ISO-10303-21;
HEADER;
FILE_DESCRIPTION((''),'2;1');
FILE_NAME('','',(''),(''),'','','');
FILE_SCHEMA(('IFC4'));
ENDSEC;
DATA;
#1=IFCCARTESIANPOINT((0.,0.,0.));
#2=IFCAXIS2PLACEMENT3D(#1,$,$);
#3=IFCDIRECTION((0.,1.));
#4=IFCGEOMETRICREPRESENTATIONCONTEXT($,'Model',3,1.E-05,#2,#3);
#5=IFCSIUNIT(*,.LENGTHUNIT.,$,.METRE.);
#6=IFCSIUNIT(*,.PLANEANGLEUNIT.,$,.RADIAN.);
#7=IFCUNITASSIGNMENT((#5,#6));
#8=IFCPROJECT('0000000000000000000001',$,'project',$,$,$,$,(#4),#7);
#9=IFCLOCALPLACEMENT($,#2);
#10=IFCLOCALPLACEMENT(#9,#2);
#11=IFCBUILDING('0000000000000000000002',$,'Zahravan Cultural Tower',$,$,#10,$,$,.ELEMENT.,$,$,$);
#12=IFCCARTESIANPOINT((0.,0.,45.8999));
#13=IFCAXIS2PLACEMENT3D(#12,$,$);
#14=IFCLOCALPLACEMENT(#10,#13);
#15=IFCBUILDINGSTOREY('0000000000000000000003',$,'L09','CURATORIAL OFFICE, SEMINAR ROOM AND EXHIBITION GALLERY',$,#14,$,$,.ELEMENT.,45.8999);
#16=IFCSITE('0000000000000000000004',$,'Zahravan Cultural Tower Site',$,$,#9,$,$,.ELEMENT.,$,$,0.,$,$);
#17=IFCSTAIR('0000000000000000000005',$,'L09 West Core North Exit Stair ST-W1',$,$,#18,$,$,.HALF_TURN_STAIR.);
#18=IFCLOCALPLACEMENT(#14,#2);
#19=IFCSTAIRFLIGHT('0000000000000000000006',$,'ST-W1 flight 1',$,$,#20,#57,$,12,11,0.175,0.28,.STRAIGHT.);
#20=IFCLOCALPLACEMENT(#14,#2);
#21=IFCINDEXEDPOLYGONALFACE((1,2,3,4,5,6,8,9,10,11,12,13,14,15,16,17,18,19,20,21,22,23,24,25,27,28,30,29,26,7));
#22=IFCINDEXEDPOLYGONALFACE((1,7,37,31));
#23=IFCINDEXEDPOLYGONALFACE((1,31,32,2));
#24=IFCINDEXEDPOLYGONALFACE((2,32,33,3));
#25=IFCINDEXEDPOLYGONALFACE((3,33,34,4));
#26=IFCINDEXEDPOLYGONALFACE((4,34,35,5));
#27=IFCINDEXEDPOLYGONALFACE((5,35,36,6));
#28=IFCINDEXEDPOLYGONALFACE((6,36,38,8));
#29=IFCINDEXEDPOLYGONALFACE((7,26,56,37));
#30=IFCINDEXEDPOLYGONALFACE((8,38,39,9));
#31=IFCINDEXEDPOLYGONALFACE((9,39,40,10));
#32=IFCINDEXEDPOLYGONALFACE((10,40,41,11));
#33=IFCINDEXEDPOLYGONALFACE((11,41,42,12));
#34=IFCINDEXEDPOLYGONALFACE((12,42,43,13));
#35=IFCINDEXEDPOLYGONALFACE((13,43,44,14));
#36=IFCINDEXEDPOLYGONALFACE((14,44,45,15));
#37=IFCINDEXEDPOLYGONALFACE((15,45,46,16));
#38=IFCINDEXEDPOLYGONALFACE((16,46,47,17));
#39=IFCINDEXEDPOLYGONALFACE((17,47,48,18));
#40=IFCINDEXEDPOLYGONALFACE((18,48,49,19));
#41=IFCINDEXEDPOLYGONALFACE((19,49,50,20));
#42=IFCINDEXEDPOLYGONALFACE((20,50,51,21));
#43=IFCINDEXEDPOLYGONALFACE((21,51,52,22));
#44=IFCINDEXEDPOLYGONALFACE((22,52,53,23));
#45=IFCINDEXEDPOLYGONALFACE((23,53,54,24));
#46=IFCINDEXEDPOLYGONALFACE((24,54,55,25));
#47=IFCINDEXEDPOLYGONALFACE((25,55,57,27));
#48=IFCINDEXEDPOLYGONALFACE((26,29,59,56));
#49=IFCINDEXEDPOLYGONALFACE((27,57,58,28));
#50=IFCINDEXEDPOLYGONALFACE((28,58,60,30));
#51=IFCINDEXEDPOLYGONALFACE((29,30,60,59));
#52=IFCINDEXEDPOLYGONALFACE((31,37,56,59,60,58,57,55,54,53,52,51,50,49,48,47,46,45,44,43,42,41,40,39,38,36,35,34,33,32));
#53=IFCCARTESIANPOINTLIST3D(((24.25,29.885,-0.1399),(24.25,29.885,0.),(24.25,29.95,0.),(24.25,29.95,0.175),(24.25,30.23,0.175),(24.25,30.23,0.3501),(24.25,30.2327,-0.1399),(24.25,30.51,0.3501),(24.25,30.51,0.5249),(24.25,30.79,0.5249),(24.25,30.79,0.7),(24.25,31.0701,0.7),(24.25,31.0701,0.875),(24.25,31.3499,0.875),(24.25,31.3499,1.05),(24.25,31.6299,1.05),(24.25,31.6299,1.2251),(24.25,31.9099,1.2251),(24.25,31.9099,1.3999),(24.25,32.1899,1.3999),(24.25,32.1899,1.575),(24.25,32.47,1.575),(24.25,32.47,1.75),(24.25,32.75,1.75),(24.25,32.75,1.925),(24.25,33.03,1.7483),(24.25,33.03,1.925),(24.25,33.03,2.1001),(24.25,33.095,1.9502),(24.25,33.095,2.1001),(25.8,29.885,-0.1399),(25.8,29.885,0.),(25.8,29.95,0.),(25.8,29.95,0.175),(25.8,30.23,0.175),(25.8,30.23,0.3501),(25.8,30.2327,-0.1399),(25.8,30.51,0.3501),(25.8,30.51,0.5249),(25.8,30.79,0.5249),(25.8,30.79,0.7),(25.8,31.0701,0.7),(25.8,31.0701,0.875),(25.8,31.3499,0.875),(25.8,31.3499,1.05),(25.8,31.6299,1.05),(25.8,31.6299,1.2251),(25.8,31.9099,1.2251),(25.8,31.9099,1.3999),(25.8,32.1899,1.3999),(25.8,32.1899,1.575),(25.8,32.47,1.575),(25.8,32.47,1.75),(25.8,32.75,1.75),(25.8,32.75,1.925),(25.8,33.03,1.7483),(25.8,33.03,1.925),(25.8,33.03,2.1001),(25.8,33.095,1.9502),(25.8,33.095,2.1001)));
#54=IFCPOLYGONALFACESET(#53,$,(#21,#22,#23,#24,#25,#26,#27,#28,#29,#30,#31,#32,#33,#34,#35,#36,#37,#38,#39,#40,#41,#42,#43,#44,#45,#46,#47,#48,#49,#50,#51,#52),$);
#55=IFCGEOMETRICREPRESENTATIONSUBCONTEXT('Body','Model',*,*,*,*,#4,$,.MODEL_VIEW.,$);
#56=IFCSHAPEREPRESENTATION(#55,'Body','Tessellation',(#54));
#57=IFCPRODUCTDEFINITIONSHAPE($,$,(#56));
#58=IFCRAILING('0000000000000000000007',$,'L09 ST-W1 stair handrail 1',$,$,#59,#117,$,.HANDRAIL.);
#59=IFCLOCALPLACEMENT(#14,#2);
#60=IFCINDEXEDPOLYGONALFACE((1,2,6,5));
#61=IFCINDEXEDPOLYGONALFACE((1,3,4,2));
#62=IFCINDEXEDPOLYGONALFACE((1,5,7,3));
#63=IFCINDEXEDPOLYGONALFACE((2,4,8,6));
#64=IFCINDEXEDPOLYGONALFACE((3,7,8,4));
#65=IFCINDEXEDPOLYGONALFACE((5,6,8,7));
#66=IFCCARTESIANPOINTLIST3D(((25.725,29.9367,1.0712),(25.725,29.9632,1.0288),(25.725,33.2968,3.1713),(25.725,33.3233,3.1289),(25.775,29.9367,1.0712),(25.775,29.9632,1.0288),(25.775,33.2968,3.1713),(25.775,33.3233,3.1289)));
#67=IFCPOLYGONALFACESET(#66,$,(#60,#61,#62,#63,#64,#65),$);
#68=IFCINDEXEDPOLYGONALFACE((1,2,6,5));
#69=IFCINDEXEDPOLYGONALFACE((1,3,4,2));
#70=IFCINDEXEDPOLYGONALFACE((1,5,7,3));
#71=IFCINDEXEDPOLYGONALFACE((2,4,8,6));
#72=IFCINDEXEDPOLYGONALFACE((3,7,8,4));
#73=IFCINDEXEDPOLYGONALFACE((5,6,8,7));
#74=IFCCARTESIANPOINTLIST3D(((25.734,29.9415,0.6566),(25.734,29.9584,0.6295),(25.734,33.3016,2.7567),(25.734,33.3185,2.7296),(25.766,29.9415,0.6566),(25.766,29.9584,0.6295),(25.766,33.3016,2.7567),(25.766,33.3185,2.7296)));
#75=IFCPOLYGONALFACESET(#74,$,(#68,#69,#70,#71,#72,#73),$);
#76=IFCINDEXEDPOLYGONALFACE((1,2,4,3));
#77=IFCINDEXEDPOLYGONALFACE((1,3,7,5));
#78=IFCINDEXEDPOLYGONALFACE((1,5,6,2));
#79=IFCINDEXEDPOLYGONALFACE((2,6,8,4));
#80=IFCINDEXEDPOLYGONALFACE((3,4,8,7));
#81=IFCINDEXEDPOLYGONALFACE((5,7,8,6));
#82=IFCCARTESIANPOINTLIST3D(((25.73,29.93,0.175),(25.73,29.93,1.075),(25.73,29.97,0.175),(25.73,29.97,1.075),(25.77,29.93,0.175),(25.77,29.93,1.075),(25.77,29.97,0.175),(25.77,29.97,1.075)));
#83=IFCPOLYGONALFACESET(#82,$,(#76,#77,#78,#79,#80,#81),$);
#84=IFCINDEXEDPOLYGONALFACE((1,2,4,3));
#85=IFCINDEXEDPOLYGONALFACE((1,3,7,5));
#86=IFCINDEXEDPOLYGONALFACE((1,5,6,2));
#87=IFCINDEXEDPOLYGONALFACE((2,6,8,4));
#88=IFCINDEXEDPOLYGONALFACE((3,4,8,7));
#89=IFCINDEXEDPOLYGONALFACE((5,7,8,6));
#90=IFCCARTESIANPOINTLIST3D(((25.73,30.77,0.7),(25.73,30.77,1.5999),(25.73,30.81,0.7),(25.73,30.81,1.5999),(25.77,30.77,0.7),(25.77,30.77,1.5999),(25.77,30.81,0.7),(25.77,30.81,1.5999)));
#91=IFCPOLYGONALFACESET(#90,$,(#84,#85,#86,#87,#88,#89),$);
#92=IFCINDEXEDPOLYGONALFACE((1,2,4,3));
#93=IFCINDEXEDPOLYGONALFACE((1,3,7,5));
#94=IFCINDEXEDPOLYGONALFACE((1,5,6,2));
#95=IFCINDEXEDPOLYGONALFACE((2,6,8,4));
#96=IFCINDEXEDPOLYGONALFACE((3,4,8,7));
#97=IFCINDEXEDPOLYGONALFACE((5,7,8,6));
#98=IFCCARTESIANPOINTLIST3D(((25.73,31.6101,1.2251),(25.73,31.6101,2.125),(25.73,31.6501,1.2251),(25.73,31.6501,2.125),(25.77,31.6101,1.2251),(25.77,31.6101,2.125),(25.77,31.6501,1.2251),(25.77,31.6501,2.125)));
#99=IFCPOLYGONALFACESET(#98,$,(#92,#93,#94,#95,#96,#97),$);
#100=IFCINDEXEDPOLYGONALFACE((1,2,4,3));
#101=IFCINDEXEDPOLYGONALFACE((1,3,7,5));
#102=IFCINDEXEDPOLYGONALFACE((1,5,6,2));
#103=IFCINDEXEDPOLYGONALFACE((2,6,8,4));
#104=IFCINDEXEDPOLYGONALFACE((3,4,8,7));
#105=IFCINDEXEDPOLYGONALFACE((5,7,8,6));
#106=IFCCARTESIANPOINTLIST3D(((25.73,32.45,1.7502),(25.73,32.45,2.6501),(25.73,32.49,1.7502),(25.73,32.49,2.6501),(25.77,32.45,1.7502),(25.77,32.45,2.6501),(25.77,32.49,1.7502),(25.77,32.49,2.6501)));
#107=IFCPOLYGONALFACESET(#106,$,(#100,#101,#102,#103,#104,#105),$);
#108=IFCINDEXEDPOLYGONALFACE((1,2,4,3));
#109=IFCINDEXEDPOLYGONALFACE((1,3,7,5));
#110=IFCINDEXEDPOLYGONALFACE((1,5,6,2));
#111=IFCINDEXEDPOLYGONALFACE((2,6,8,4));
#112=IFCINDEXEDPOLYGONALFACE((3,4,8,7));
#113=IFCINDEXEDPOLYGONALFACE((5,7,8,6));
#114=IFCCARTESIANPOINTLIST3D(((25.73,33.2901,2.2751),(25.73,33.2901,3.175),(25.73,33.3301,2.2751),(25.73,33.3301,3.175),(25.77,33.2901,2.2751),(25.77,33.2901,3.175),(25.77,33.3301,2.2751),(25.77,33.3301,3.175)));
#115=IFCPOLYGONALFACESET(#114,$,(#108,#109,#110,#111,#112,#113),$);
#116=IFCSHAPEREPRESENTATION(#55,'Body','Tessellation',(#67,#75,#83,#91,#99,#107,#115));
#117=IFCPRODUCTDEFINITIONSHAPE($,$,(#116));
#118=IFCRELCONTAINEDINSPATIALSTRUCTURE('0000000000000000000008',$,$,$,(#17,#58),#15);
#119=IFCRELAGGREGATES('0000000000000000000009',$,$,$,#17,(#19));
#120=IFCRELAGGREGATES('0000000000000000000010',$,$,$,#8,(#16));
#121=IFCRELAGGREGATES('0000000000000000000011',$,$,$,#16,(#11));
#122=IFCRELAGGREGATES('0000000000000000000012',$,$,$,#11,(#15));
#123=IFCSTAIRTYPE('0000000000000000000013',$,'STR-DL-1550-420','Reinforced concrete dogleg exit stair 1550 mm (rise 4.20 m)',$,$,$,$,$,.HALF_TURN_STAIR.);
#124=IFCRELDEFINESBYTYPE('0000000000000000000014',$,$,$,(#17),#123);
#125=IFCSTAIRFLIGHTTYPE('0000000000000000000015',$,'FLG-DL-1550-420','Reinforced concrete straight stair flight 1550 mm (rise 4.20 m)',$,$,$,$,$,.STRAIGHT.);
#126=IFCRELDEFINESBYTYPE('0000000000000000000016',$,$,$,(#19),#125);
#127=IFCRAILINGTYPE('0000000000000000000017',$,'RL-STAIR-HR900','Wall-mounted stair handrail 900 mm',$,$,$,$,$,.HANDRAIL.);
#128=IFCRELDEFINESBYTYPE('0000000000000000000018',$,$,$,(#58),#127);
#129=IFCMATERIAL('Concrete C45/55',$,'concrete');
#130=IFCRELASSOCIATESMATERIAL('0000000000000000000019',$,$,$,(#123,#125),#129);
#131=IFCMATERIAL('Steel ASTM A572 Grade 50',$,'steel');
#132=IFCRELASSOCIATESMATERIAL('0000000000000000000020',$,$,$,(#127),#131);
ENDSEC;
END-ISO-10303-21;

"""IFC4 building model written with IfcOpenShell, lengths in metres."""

from ifc_helpers import new_model, si_unit, direction, frame, origin, origin_2d, place, context, subcontext, project, spatial, polyline, rectangle, outline, extrude, material, type_object, element, aggregate, save


model = new_model("IFC4")

# Units and contexts
model_context = context("Model", 3, precision=1e-05, world=origin(), true_north=direction((0.0, 1.0)))
body_context = subcontext(model_context, "Body", "Model", "MODEL_VIEW")
ifc_project = project(units=[si_unit("LENGTHUNIT", "METRE"), si_unit("PLANEANGLEUNIT", "RADIAN")], contexts=[model_context])

# Site, building, storey
site_placement = place(None, origin())
site = spatial("IfcSite", under=ifc_project, at=site_placement, Name="Zahravan Cultural Tower Site", CompositionType="ELEMENT", RefElevation=0.0)
building_placement = place(site_placement, origin())
building = spatial("IfcBuilding", under=site, at=building_placement, Name="Zahravan Cultural Tower", CompositionType="ELEMENT")
storey_placement = place(building_placement, frame((0.0, 0.0, 45.8999)))
storey = spatial("IfcBuildingStorey", under=building, at=storey_placement, Name="L09", Description="CURATORIAL OFFICE, SEMINAR ROOM AND EXHIBITION GALLERY", CompositionType="ELEMENT", Elevation=45.8999)

# Shared definitions
ifc_material_1 = material(Name="Steel ASTM A572 Grade 50", Category="steel")
ifc_material_2 = material(Name="Concrete C45/55", Category="concrete")

# Stair, stair flight
stair_type = type_object("IfcStairType", Name="STR-DL-1550-420", Description="Reinforced concrete dogleg exit stair 1550 mm (rise 4.20 m)", PredefinedType="HALF_TURN_STAIR", material=ifc_material_2)
stair_placement = place(storey_placement, origin())
stair = element("IfcStair", 1, at=stair_placement, inside=storey, type_object=stair_type, Name="L09 West Core North Exit Stair ST-W1", PredefinedType="HALF_TURN_STAIR")
stair_flight_type = type_object("IfcStairFlightType", Name="FLG-DL-1550-420", Description="Reinforced concrete straight stair flight 1550 mm (rise 4.20 m)", PredefinedType="STRAIGHT", material=ifc_material_2)
stair_flight_placement = place(storey_placement, frame((25.0249, 29.95, 0.0), z_axis=(0.0, 0.0, 1.0), x_axis=(0.0, 1.0, 0.0)))
stair_flight = element("IfcStairFlight", 2, at=stair_flight_placement, type_object=stair_flight_type, Name="ST-W1 flight 1", NumberOfRisers=12, NumberOfTreads=11, PredefinedType="STRAIGHT", RiserHeight=0.175, TreadLength=0.28, context=body_context, shape_type="SweptSolid", body=[
    extrude(outline(polyline([(-0.0649, -0.1399), (-0.0649, 0.0), (0.0, 0.0), (0.0, 0.175), (0.28, 0.175), (0.28, 0.3501), (0.5601, 0.3501), (0.5601, 0.5249), (0.8401, 0.5249), (0.8401, 0.7), (1.1201, 0.7), (1.1201, 0.875), (1.3999, 0.875), (1.3999, 1.05), (1.6799, 1.05), (1.6799, 1.2251), (1.96, 1.2251), (1.96, 1.3999), (2.24, 1.3999), (2.24, 1.575), (2.52, 1.575), (2.52, 1.75), (2.8, 1.75), (2.8, 1.925), (3.0801, 1.925), (3.0801, 2.1001), (3.145, 2.1001), (3.145, 1.9502), (3.0801, 1.7483), (0.2827, -0.1399), (-0.0649, -0.1399)])), frame((0.0, 0.7749, 0.0), z_axis=(0.0, -1.0, 0.0), x_axis=(1.0, 0.0, 0.0)), (0.0, 0.0, 1.0), 1.55),
])
aggregate(stair, [stair_flight])

# Railing
railing_type = type_object("IfcRailingType", Name="RL-STAIR-HR900", Description="Wall-mounted stair handrail 900 mm", PredefinedType="HANDRAIL", material=ifc_material_1)
railing_placement = place(storey_placement, frame((25.75, 29.95, 0.175)))
element("IfcRailing", 3, at=railing_placement, inside=storey, type_object=railing_type, Name="L09 ST-W1 stair handrail 1", PredefinedType="HANDRAIL", context=body_context, shape_type="SweptSolid", body=[
    extrude(rectangle(XDim=0.05, YDim=0.05, at=origin_2d()), frame((0.0, 0.0, 0.875), z_axis=(0.0, 0.847995, 0.530004), x_axis=(-1.0, 0.0, 0.0)), (0.0, 0.0, 1.0), 3.9624),
    extrude(rectangle(XDim=0.032, YDim=0.032, at=origin_2d()), frame((0.0, 0.0, 0.468), z_axis=(0.0, 0.847995, 0.530004), x_axis=(-1.0, 0.0, 0.0)), (0.0, 0.0, 1.0), 3.9624),
    extrude(rectangle(XDim=0.04, YDim=0.04, at=origin_2d()), origin(), (0.0, 0.0, 1.0), 0.8999),
    extrude(rectangle(XDim=0.04, YDim=0.04, at=origin_2d()), frame((0.0, 0.8401, 0.5249)), (0.0, 0.0, 1.0), 0.8999),
    extrude(rectangle(XDim=0.04, YDim=0.04, at=origin_2d()), frame((0.0, 1.6802, 1.05)), (0.0, 0.0, 1.0), 0.8999),
    extrude(rectangle(XDim=0.04, YDim=0.04, at=origin_2d()), frame((0.0, 2.52, 1.5752)), (0.0, 0.0, 1.0), 0.8999),
    extrude(rectangle(XDim=0.04, YDim=0.04, at=origin_2d()), frame((0.0, 3.3601, 2.1001)), (0.0, 0.0, 1.0), 0.8999),
])

save(model, "model.ifc")
